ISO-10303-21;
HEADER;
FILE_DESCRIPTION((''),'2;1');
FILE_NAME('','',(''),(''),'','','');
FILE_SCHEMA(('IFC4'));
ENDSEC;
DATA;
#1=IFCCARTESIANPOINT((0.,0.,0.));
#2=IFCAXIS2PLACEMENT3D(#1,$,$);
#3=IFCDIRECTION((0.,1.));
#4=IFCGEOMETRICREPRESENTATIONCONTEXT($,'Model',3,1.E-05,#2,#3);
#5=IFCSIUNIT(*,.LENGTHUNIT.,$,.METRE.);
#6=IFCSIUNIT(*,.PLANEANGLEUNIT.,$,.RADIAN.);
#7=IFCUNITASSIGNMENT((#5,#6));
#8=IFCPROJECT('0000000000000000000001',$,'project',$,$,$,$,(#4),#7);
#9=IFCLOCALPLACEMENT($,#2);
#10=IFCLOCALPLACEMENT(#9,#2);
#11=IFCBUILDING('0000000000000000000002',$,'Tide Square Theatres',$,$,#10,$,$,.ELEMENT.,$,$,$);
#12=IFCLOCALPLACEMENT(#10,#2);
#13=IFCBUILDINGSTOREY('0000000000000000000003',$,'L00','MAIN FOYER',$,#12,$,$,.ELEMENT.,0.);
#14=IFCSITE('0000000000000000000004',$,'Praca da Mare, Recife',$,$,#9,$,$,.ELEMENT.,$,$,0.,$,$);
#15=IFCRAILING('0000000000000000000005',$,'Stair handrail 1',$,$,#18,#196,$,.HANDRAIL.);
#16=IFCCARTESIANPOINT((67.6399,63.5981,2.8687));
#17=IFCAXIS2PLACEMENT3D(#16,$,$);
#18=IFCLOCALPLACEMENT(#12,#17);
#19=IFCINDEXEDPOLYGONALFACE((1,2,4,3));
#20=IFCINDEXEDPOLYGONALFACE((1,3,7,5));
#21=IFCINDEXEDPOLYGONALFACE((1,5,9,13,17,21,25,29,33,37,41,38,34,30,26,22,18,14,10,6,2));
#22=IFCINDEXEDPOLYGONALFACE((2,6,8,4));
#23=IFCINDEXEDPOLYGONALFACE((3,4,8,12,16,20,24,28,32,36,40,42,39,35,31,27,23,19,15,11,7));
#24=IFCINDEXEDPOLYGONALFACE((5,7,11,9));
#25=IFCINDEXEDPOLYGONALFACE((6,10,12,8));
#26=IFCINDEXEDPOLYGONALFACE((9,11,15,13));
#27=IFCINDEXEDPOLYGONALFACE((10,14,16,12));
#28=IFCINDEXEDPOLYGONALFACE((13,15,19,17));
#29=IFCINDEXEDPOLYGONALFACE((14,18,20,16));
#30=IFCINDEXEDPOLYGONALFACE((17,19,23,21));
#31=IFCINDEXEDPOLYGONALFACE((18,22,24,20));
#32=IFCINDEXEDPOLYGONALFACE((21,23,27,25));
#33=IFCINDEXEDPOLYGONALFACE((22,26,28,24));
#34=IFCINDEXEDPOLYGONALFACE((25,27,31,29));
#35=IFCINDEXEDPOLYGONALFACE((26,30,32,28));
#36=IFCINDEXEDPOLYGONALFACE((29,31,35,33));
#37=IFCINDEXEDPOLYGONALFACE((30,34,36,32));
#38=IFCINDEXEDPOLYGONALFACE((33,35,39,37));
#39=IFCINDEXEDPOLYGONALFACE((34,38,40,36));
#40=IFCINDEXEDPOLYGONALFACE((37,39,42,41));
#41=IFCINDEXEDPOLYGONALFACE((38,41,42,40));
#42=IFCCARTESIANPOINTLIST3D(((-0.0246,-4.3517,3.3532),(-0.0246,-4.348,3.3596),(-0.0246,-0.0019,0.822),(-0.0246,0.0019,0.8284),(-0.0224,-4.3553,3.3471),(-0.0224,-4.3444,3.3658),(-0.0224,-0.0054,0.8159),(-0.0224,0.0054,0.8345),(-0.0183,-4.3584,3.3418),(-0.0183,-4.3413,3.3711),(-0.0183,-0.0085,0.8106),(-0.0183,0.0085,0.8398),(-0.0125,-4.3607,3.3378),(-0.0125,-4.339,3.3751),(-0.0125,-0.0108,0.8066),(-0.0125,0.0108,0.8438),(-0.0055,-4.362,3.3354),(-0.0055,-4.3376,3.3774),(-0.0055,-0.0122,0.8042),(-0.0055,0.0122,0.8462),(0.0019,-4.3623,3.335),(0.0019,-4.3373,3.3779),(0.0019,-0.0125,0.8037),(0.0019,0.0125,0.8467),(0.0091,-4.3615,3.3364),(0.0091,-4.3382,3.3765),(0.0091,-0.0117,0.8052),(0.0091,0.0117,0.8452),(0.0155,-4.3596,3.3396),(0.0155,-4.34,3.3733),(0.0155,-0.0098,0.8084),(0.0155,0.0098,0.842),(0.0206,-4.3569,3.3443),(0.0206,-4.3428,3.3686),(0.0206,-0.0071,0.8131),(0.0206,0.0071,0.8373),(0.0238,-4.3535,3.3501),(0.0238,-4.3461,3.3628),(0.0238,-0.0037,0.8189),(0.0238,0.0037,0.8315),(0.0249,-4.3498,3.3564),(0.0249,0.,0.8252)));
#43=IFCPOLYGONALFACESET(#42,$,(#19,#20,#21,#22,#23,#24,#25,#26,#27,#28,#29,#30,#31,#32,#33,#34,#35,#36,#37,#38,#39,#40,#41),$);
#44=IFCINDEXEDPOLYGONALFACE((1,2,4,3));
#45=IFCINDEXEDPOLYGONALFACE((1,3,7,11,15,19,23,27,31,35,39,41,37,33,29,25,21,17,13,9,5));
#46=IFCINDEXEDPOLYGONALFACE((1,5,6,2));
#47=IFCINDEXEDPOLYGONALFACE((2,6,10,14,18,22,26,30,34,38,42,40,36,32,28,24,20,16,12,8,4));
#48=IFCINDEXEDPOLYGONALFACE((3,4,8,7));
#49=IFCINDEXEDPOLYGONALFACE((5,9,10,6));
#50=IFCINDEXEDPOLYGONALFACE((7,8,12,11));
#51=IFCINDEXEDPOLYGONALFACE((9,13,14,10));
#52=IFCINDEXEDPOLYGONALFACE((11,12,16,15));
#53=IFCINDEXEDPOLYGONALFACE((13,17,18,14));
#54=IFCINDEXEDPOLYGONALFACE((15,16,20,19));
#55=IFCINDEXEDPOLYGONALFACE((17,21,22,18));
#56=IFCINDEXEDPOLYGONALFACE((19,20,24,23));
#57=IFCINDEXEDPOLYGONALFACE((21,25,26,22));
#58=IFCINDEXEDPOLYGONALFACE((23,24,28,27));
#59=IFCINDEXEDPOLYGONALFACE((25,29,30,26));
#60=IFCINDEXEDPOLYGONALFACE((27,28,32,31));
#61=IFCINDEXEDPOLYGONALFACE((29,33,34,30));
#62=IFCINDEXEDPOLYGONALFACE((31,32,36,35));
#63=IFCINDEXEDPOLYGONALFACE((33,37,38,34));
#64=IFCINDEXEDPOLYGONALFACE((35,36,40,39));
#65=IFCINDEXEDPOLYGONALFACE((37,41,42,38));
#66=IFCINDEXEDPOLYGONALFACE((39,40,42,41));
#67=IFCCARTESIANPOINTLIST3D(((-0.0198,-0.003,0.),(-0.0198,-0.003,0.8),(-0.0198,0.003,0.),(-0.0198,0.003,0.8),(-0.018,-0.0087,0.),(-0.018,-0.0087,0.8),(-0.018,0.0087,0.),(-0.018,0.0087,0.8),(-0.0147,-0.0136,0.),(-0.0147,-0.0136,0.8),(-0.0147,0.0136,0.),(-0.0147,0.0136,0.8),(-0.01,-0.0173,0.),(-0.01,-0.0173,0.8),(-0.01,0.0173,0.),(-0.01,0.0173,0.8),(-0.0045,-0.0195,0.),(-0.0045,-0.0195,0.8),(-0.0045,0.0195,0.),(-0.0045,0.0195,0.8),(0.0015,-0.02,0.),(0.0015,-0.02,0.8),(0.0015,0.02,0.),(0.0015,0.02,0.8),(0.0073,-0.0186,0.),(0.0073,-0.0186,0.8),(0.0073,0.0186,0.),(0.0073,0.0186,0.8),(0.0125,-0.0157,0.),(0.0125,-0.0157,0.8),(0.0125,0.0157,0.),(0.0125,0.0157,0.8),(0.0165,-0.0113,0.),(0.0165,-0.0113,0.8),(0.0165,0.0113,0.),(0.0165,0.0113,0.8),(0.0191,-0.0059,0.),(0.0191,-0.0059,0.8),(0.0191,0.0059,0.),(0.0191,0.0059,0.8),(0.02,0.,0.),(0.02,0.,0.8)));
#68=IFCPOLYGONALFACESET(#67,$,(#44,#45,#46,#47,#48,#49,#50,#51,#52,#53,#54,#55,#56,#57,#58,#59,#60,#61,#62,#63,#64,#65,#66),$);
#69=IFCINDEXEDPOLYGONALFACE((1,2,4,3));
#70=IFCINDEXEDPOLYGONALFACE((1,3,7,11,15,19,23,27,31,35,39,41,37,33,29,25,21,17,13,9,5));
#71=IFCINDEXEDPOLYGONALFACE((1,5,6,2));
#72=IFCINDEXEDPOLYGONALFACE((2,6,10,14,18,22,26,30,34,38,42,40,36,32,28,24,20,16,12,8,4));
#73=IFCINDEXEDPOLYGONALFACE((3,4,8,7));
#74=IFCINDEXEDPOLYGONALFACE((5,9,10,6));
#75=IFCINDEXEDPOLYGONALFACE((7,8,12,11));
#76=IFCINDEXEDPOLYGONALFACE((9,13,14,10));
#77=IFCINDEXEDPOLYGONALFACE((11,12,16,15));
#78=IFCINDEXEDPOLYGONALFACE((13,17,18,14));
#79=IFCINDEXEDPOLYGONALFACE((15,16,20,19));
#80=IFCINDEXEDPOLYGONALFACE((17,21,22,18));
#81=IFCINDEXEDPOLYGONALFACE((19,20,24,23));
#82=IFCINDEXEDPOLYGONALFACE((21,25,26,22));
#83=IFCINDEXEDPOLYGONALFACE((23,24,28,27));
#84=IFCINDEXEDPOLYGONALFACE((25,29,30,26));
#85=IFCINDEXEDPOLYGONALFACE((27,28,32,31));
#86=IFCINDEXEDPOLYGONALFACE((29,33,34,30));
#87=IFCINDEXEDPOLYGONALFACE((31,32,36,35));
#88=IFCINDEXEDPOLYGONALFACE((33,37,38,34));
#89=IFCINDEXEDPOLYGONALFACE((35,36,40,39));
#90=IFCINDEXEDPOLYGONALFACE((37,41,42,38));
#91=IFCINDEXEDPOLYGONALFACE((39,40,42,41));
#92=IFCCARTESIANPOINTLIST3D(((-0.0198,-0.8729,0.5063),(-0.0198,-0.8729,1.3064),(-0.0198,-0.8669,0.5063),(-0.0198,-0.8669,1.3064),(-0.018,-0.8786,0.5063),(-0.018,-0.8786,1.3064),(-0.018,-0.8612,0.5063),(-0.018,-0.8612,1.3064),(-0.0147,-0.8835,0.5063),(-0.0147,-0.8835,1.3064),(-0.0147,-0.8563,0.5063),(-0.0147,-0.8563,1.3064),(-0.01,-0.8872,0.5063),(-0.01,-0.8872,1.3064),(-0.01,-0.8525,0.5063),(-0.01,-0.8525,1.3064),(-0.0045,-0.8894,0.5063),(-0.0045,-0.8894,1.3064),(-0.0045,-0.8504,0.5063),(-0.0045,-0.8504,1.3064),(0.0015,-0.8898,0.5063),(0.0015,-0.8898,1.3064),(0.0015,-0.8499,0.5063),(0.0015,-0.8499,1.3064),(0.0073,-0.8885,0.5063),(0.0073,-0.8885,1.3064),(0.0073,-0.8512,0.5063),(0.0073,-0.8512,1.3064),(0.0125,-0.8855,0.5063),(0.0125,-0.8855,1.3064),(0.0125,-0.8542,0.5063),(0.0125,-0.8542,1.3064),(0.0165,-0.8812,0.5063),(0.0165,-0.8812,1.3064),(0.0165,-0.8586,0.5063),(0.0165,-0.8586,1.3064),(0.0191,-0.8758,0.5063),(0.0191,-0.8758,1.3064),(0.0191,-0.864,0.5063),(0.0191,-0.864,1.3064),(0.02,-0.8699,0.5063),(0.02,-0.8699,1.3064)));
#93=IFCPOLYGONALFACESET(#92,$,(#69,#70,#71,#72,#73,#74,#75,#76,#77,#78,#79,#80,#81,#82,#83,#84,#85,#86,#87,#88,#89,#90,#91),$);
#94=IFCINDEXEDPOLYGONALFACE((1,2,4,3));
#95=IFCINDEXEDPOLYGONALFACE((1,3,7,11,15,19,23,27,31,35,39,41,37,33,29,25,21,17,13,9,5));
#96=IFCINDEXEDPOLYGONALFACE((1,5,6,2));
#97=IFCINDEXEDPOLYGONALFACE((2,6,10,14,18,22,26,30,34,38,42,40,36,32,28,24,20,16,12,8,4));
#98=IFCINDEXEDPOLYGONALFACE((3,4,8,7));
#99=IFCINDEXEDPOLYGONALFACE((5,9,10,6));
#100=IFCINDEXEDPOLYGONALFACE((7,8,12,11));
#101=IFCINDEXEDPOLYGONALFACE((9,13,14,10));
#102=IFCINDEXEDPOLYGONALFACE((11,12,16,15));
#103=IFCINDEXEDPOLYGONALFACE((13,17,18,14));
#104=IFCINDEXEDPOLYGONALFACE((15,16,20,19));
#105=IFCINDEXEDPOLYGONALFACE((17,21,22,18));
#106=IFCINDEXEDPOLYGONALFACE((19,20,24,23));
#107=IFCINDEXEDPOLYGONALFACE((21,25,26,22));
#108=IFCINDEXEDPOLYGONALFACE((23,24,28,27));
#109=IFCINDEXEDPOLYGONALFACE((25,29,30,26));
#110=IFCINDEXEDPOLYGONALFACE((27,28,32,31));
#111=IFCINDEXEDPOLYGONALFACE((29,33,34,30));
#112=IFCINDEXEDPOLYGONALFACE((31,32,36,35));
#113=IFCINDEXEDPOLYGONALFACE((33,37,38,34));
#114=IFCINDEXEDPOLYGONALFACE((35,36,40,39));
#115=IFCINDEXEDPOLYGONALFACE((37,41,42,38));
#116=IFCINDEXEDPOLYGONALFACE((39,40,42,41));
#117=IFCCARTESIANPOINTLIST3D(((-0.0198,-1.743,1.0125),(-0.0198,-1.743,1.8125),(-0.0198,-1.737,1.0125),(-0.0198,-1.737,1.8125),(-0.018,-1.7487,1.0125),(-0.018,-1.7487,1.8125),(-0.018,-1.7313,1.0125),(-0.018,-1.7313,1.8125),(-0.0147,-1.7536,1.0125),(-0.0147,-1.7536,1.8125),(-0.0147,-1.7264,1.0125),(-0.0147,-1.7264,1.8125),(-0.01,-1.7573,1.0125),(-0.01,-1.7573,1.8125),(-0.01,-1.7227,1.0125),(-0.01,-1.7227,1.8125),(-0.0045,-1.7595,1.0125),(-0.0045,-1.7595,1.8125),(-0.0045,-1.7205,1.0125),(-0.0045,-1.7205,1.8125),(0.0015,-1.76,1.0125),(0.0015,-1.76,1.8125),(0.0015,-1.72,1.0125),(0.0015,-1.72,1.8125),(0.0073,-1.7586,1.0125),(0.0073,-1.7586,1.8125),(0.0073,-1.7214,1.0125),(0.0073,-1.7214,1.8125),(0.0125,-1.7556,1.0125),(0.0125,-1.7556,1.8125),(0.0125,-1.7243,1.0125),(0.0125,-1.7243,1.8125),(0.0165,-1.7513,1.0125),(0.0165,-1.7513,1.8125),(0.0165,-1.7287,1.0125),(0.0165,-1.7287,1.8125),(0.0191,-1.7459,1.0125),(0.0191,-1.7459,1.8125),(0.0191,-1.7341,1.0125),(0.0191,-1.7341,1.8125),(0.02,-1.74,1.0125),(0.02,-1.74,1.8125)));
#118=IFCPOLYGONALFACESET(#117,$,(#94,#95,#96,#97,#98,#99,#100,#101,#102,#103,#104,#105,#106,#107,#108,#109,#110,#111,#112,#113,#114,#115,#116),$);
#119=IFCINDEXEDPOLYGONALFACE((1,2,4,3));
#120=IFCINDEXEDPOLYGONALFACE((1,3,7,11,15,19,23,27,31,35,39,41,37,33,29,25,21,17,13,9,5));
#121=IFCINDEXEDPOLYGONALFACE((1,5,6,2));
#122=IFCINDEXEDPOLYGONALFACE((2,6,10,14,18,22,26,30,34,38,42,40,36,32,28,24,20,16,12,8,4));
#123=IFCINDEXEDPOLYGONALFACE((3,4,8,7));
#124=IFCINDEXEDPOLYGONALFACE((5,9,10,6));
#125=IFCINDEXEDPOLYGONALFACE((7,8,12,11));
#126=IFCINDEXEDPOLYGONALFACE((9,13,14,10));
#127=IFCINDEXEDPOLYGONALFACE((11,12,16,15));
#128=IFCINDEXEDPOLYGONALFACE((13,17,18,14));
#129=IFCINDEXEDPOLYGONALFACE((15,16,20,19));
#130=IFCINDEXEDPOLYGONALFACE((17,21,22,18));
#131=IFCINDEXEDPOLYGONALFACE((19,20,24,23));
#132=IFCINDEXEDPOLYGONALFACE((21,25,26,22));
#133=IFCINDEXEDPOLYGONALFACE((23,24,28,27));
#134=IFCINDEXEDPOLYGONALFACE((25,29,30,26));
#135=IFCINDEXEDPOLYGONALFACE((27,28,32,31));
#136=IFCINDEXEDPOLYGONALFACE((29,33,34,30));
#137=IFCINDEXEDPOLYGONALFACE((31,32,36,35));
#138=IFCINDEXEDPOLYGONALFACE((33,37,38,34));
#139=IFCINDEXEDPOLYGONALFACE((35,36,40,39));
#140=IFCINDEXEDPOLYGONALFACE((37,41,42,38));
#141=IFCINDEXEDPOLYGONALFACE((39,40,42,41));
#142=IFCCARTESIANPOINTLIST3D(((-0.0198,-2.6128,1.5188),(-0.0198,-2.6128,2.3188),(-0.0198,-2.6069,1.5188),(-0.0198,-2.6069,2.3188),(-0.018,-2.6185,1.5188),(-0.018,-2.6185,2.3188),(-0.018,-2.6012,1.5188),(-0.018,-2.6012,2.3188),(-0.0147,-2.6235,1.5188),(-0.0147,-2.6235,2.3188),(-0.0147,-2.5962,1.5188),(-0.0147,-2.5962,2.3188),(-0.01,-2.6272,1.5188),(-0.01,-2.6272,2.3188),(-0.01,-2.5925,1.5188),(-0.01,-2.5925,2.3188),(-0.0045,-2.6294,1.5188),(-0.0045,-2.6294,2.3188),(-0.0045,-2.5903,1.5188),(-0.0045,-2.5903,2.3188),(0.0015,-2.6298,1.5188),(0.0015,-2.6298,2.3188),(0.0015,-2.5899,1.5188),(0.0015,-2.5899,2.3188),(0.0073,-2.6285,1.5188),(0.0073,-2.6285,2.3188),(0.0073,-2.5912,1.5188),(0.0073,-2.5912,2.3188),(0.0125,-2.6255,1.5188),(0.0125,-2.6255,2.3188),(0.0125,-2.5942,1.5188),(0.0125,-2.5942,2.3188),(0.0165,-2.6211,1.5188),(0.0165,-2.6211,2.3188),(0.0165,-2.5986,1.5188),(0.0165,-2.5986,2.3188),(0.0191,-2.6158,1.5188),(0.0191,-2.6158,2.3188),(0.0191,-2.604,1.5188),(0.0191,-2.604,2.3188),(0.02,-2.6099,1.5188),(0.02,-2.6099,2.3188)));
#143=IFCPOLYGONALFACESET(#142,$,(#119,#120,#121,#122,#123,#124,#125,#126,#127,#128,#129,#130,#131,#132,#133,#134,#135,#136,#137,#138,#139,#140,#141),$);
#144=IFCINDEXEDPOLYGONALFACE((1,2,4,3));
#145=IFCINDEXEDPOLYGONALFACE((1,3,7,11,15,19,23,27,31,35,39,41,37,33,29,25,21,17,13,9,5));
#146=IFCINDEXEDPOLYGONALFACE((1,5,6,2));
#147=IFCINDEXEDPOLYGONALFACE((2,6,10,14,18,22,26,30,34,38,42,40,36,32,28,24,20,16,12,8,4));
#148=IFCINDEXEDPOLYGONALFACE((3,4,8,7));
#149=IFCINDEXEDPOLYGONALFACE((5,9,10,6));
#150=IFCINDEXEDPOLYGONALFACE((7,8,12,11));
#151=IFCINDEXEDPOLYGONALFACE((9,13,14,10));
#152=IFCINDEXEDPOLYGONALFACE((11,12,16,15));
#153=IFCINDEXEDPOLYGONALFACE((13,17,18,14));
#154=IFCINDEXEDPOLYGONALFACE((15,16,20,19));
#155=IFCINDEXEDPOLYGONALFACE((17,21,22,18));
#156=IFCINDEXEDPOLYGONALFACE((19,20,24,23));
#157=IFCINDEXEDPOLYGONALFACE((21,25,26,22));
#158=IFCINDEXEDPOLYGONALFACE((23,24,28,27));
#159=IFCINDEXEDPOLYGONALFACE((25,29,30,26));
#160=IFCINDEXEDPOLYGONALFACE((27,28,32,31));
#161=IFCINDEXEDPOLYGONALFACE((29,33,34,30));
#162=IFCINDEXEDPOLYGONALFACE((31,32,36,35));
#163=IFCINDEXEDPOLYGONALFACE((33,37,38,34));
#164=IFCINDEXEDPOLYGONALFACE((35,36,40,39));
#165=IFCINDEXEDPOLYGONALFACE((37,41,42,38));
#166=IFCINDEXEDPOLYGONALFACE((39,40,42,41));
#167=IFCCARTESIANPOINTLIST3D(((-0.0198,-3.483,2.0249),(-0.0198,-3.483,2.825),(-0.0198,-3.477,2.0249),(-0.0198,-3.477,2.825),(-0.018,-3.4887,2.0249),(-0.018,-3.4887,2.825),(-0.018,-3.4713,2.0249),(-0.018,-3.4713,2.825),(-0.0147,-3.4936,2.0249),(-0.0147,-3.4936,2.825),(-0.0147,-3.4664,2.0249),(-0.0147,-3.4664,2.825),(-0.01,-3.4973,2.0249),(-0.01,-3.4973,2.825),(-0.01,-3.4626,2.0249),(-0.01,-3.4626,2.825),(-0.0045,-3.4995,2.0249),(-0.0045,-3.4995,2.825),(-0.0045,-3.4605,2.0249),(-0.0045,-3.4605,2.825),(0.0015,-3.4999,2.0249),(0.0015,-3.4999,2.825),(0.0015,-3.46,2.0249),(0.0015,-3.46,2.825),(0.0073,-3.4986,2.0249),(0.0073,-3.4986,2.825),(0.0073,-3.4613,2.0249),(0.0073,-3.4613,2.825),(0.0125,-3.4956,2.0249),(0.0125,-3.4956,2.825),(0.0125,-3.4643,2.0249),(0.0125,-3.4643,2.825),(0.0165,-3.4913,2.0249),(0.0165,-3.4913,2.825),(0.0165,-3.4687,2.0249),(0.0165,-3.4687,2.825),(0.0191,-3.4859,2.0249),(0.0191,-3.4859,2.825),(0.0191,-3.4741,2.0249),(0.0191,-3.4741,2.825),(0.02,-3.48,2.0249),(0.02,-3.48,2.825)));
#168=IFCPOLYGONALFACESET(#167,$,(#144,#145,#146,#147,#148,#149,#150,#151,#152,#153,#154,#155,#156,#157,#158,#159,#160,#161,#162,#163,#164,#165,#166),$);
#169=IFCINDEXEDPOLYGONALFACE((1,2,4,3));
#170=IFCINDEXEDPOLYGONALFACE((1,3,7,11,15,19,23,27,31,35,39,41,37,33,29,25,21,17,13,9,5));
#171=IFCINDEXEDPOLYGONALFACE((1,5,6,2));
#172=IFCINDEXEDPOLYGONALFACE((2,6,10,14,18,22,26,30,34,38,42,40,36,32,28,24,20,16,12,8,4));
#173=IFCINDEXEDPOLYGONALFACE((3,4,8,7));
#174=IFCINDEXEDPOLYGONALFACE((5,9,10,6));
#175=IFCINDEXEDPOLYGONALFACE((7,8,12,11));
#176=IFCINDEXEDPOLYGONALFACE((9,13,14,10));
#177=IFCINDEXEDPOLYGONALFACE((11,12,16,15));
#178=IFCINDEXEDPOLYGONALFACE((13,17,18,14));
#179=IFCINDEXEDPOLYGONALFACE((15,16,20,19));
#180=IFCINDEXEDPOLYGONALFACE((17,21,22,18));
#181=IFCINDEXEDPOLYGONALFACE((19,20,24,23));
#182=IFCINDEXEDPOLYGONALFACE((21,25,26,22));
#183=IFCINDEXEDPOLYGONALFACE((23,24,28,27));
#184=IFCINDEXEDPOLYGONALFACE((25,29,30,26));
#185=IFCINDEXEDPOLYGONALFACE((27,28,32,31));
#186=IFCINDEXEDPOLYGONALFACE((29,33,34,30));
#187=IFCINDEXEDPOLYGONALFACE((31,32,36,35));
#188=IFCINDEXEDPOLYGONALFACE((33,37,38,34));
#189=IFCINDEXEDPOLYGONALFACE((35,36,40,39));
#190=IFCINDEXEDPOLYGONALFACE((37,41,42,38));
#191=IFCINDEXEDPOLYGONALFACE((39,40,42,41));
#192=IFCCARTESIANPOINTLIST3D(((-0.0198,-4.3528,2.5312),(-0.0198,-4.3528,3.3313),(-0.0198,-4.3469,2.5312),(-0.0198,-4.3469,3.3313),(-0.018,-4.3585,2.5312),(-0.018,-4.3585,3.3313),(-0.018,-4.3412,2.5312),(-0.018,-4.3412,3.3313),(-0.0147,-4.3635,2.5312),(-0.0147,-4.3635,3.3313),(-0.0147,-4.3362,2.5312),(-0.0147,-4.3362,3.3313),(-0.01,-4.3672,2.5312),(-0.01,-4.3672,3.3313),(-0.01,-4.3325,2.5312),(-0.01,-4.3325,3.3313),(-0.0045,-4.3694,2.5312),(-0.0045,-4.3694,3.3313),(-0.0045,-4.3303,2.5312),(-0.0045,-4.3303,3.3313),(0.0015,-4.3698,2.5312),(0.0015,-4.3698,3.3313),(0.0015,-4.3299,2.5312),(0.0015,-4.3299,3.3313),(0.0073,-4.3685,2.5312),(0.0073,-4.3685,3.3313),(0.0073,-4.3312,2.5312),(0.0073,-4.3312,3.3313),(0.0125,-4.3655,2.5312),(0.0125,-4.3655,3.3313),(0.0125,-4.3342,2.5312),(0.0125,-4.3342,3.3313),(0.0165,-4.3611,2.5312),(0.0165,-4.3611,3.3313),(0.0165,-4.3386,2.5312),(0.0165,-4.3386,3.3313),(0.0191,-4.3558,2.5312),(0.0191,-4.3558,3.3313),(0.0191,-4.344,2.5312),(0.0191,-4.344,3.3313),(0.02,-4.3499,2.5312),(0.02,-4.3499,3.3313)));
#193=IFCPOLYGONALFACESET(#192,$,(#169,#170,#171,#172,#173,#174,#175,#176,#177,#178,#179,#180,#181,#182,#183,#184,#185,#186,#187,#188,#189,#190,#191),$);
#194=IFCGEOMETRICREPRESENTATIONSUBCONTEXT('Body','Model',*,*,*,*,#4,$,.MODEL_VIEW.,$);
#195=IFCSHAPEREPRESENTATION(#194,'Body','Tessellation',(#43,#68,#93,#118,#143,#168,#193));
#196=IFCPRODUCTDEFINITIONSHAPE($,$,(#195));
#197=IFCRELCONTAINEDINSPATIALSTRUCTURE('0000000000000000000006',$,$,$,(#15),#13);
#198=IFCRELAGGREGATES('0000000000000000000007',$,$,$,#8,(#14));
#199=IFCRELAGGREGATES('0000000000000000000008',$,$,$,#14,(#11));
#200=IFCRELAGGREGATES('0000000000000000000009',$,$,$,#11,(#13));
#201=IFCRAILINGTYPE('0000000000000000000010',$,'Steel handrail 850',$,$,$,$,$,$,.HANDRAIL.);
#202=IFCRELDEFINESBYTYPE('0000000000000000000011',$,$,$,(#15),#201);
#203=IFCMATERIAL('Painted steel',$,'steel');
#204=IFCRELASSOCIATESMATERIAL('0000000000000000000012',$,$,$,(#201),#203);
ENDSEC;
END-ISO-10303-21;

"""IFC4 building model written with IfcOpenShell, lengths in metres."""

from ifc_helpers import new_model, si_unit, direction, frame, origin, origin_2d, place, context, subcontext, project, spatial, circle, extrude, material, type_object, element, save


model = new_model("IFC4")

# Units and contexts
model_context = context("Model", 3, precision=1e-05, world=origin(), true_north=direction((0.0, 1.0)))
body_context = subcontext(model_context, "Body", "Model", "MODEL_VIEW")
ifc_project = project(units=[si_unit("LENGTHUNIT", "METRE"), si_unit("PLANEANGLEUNIT", "RADIAN")], contexts=[model_context])

# Site, building, storey
site_placement = place(None, origin())
site = spatial("IfcSite", under=ifc_project, at=site_placement, Name="Praca da Mare, Recife", CompositionType="ELEMENT", RefElevation=0.0)
building_placement = place(site_placement, origin())
building = spatial("IfcBuilding", under=site, at=building_placement, Name="Tide Square Theatres", CompositionType="ELEMENT")
storey_placement = place(building_placement, origin())
storey = spatial("IfcBuildingStorey", under=building, at=storey_placement, Name="L00", Description="MAIN FOYER", CompositionType="ELEMENT", Elevation=0.0)

# Railing
ifc_material_1 = material(Name="Painted steel", Category="steel")
railing_type = type_object("IfcRailingType", Name="Steel handrail 850", PredefinedType="HANDRAIL", material=ifc_material_1)
for number, where, name in (
    (1, (67.6399, 63.5981, 2.8687), "Stair handrail 1"),
):
    element("IfcRailing", number, at=place(storey_placement, frame(where)), inside=storey, type_object=railing_type, Name=name, PredefinedType="HANDRAIL", context=body_context, shape_type="SweptSolid", body=[
        extrude(circle(Radius=0.0249, at=origin_2d()), frame((0.0, 0.0, 0.8252), z_axis=(0.0, -0.864312, 0.502957), x_axis=(1.0, 0.0, 0.0)), (0.0, 0.0, 1.0), 5.0327),
        extrude(circle(Radius=0.02, at=origin_2d()), origin(), (0.0, 0.0, 1.0), 0.8),
        extrude(circle(Radius=0.02, at=origin_2d()), frame((0.0, -0.8699, 0.5063)), (0.0, 0.0, 1.0), 0.8),
        extrude(circle(Radius=0.02, at=origin_2d()), frame((0.0, -1.74, 1.0125)), (0.0, 0.0, 1.0), 0.8),
        extrude(circle(Radius=0.02, at=origin_2d()), frame((0.0, -2.6099, 1.5188)), (0.0, 0.0, 1.0), 0.8),
        extrude(circle(Radius=0.02, at=origin_2d()), frame((0.0, -3.48, 2.0249)), (0.0, 0.0, 1.0), 0.8),
        extrude(circle(Radius=0.02, at=origin_2d()), frame((0.0, -4.3499, 2.5312)), (0.0, 0.0, 1.0), 0.8),
    ])

save(model, "model.ifc")
